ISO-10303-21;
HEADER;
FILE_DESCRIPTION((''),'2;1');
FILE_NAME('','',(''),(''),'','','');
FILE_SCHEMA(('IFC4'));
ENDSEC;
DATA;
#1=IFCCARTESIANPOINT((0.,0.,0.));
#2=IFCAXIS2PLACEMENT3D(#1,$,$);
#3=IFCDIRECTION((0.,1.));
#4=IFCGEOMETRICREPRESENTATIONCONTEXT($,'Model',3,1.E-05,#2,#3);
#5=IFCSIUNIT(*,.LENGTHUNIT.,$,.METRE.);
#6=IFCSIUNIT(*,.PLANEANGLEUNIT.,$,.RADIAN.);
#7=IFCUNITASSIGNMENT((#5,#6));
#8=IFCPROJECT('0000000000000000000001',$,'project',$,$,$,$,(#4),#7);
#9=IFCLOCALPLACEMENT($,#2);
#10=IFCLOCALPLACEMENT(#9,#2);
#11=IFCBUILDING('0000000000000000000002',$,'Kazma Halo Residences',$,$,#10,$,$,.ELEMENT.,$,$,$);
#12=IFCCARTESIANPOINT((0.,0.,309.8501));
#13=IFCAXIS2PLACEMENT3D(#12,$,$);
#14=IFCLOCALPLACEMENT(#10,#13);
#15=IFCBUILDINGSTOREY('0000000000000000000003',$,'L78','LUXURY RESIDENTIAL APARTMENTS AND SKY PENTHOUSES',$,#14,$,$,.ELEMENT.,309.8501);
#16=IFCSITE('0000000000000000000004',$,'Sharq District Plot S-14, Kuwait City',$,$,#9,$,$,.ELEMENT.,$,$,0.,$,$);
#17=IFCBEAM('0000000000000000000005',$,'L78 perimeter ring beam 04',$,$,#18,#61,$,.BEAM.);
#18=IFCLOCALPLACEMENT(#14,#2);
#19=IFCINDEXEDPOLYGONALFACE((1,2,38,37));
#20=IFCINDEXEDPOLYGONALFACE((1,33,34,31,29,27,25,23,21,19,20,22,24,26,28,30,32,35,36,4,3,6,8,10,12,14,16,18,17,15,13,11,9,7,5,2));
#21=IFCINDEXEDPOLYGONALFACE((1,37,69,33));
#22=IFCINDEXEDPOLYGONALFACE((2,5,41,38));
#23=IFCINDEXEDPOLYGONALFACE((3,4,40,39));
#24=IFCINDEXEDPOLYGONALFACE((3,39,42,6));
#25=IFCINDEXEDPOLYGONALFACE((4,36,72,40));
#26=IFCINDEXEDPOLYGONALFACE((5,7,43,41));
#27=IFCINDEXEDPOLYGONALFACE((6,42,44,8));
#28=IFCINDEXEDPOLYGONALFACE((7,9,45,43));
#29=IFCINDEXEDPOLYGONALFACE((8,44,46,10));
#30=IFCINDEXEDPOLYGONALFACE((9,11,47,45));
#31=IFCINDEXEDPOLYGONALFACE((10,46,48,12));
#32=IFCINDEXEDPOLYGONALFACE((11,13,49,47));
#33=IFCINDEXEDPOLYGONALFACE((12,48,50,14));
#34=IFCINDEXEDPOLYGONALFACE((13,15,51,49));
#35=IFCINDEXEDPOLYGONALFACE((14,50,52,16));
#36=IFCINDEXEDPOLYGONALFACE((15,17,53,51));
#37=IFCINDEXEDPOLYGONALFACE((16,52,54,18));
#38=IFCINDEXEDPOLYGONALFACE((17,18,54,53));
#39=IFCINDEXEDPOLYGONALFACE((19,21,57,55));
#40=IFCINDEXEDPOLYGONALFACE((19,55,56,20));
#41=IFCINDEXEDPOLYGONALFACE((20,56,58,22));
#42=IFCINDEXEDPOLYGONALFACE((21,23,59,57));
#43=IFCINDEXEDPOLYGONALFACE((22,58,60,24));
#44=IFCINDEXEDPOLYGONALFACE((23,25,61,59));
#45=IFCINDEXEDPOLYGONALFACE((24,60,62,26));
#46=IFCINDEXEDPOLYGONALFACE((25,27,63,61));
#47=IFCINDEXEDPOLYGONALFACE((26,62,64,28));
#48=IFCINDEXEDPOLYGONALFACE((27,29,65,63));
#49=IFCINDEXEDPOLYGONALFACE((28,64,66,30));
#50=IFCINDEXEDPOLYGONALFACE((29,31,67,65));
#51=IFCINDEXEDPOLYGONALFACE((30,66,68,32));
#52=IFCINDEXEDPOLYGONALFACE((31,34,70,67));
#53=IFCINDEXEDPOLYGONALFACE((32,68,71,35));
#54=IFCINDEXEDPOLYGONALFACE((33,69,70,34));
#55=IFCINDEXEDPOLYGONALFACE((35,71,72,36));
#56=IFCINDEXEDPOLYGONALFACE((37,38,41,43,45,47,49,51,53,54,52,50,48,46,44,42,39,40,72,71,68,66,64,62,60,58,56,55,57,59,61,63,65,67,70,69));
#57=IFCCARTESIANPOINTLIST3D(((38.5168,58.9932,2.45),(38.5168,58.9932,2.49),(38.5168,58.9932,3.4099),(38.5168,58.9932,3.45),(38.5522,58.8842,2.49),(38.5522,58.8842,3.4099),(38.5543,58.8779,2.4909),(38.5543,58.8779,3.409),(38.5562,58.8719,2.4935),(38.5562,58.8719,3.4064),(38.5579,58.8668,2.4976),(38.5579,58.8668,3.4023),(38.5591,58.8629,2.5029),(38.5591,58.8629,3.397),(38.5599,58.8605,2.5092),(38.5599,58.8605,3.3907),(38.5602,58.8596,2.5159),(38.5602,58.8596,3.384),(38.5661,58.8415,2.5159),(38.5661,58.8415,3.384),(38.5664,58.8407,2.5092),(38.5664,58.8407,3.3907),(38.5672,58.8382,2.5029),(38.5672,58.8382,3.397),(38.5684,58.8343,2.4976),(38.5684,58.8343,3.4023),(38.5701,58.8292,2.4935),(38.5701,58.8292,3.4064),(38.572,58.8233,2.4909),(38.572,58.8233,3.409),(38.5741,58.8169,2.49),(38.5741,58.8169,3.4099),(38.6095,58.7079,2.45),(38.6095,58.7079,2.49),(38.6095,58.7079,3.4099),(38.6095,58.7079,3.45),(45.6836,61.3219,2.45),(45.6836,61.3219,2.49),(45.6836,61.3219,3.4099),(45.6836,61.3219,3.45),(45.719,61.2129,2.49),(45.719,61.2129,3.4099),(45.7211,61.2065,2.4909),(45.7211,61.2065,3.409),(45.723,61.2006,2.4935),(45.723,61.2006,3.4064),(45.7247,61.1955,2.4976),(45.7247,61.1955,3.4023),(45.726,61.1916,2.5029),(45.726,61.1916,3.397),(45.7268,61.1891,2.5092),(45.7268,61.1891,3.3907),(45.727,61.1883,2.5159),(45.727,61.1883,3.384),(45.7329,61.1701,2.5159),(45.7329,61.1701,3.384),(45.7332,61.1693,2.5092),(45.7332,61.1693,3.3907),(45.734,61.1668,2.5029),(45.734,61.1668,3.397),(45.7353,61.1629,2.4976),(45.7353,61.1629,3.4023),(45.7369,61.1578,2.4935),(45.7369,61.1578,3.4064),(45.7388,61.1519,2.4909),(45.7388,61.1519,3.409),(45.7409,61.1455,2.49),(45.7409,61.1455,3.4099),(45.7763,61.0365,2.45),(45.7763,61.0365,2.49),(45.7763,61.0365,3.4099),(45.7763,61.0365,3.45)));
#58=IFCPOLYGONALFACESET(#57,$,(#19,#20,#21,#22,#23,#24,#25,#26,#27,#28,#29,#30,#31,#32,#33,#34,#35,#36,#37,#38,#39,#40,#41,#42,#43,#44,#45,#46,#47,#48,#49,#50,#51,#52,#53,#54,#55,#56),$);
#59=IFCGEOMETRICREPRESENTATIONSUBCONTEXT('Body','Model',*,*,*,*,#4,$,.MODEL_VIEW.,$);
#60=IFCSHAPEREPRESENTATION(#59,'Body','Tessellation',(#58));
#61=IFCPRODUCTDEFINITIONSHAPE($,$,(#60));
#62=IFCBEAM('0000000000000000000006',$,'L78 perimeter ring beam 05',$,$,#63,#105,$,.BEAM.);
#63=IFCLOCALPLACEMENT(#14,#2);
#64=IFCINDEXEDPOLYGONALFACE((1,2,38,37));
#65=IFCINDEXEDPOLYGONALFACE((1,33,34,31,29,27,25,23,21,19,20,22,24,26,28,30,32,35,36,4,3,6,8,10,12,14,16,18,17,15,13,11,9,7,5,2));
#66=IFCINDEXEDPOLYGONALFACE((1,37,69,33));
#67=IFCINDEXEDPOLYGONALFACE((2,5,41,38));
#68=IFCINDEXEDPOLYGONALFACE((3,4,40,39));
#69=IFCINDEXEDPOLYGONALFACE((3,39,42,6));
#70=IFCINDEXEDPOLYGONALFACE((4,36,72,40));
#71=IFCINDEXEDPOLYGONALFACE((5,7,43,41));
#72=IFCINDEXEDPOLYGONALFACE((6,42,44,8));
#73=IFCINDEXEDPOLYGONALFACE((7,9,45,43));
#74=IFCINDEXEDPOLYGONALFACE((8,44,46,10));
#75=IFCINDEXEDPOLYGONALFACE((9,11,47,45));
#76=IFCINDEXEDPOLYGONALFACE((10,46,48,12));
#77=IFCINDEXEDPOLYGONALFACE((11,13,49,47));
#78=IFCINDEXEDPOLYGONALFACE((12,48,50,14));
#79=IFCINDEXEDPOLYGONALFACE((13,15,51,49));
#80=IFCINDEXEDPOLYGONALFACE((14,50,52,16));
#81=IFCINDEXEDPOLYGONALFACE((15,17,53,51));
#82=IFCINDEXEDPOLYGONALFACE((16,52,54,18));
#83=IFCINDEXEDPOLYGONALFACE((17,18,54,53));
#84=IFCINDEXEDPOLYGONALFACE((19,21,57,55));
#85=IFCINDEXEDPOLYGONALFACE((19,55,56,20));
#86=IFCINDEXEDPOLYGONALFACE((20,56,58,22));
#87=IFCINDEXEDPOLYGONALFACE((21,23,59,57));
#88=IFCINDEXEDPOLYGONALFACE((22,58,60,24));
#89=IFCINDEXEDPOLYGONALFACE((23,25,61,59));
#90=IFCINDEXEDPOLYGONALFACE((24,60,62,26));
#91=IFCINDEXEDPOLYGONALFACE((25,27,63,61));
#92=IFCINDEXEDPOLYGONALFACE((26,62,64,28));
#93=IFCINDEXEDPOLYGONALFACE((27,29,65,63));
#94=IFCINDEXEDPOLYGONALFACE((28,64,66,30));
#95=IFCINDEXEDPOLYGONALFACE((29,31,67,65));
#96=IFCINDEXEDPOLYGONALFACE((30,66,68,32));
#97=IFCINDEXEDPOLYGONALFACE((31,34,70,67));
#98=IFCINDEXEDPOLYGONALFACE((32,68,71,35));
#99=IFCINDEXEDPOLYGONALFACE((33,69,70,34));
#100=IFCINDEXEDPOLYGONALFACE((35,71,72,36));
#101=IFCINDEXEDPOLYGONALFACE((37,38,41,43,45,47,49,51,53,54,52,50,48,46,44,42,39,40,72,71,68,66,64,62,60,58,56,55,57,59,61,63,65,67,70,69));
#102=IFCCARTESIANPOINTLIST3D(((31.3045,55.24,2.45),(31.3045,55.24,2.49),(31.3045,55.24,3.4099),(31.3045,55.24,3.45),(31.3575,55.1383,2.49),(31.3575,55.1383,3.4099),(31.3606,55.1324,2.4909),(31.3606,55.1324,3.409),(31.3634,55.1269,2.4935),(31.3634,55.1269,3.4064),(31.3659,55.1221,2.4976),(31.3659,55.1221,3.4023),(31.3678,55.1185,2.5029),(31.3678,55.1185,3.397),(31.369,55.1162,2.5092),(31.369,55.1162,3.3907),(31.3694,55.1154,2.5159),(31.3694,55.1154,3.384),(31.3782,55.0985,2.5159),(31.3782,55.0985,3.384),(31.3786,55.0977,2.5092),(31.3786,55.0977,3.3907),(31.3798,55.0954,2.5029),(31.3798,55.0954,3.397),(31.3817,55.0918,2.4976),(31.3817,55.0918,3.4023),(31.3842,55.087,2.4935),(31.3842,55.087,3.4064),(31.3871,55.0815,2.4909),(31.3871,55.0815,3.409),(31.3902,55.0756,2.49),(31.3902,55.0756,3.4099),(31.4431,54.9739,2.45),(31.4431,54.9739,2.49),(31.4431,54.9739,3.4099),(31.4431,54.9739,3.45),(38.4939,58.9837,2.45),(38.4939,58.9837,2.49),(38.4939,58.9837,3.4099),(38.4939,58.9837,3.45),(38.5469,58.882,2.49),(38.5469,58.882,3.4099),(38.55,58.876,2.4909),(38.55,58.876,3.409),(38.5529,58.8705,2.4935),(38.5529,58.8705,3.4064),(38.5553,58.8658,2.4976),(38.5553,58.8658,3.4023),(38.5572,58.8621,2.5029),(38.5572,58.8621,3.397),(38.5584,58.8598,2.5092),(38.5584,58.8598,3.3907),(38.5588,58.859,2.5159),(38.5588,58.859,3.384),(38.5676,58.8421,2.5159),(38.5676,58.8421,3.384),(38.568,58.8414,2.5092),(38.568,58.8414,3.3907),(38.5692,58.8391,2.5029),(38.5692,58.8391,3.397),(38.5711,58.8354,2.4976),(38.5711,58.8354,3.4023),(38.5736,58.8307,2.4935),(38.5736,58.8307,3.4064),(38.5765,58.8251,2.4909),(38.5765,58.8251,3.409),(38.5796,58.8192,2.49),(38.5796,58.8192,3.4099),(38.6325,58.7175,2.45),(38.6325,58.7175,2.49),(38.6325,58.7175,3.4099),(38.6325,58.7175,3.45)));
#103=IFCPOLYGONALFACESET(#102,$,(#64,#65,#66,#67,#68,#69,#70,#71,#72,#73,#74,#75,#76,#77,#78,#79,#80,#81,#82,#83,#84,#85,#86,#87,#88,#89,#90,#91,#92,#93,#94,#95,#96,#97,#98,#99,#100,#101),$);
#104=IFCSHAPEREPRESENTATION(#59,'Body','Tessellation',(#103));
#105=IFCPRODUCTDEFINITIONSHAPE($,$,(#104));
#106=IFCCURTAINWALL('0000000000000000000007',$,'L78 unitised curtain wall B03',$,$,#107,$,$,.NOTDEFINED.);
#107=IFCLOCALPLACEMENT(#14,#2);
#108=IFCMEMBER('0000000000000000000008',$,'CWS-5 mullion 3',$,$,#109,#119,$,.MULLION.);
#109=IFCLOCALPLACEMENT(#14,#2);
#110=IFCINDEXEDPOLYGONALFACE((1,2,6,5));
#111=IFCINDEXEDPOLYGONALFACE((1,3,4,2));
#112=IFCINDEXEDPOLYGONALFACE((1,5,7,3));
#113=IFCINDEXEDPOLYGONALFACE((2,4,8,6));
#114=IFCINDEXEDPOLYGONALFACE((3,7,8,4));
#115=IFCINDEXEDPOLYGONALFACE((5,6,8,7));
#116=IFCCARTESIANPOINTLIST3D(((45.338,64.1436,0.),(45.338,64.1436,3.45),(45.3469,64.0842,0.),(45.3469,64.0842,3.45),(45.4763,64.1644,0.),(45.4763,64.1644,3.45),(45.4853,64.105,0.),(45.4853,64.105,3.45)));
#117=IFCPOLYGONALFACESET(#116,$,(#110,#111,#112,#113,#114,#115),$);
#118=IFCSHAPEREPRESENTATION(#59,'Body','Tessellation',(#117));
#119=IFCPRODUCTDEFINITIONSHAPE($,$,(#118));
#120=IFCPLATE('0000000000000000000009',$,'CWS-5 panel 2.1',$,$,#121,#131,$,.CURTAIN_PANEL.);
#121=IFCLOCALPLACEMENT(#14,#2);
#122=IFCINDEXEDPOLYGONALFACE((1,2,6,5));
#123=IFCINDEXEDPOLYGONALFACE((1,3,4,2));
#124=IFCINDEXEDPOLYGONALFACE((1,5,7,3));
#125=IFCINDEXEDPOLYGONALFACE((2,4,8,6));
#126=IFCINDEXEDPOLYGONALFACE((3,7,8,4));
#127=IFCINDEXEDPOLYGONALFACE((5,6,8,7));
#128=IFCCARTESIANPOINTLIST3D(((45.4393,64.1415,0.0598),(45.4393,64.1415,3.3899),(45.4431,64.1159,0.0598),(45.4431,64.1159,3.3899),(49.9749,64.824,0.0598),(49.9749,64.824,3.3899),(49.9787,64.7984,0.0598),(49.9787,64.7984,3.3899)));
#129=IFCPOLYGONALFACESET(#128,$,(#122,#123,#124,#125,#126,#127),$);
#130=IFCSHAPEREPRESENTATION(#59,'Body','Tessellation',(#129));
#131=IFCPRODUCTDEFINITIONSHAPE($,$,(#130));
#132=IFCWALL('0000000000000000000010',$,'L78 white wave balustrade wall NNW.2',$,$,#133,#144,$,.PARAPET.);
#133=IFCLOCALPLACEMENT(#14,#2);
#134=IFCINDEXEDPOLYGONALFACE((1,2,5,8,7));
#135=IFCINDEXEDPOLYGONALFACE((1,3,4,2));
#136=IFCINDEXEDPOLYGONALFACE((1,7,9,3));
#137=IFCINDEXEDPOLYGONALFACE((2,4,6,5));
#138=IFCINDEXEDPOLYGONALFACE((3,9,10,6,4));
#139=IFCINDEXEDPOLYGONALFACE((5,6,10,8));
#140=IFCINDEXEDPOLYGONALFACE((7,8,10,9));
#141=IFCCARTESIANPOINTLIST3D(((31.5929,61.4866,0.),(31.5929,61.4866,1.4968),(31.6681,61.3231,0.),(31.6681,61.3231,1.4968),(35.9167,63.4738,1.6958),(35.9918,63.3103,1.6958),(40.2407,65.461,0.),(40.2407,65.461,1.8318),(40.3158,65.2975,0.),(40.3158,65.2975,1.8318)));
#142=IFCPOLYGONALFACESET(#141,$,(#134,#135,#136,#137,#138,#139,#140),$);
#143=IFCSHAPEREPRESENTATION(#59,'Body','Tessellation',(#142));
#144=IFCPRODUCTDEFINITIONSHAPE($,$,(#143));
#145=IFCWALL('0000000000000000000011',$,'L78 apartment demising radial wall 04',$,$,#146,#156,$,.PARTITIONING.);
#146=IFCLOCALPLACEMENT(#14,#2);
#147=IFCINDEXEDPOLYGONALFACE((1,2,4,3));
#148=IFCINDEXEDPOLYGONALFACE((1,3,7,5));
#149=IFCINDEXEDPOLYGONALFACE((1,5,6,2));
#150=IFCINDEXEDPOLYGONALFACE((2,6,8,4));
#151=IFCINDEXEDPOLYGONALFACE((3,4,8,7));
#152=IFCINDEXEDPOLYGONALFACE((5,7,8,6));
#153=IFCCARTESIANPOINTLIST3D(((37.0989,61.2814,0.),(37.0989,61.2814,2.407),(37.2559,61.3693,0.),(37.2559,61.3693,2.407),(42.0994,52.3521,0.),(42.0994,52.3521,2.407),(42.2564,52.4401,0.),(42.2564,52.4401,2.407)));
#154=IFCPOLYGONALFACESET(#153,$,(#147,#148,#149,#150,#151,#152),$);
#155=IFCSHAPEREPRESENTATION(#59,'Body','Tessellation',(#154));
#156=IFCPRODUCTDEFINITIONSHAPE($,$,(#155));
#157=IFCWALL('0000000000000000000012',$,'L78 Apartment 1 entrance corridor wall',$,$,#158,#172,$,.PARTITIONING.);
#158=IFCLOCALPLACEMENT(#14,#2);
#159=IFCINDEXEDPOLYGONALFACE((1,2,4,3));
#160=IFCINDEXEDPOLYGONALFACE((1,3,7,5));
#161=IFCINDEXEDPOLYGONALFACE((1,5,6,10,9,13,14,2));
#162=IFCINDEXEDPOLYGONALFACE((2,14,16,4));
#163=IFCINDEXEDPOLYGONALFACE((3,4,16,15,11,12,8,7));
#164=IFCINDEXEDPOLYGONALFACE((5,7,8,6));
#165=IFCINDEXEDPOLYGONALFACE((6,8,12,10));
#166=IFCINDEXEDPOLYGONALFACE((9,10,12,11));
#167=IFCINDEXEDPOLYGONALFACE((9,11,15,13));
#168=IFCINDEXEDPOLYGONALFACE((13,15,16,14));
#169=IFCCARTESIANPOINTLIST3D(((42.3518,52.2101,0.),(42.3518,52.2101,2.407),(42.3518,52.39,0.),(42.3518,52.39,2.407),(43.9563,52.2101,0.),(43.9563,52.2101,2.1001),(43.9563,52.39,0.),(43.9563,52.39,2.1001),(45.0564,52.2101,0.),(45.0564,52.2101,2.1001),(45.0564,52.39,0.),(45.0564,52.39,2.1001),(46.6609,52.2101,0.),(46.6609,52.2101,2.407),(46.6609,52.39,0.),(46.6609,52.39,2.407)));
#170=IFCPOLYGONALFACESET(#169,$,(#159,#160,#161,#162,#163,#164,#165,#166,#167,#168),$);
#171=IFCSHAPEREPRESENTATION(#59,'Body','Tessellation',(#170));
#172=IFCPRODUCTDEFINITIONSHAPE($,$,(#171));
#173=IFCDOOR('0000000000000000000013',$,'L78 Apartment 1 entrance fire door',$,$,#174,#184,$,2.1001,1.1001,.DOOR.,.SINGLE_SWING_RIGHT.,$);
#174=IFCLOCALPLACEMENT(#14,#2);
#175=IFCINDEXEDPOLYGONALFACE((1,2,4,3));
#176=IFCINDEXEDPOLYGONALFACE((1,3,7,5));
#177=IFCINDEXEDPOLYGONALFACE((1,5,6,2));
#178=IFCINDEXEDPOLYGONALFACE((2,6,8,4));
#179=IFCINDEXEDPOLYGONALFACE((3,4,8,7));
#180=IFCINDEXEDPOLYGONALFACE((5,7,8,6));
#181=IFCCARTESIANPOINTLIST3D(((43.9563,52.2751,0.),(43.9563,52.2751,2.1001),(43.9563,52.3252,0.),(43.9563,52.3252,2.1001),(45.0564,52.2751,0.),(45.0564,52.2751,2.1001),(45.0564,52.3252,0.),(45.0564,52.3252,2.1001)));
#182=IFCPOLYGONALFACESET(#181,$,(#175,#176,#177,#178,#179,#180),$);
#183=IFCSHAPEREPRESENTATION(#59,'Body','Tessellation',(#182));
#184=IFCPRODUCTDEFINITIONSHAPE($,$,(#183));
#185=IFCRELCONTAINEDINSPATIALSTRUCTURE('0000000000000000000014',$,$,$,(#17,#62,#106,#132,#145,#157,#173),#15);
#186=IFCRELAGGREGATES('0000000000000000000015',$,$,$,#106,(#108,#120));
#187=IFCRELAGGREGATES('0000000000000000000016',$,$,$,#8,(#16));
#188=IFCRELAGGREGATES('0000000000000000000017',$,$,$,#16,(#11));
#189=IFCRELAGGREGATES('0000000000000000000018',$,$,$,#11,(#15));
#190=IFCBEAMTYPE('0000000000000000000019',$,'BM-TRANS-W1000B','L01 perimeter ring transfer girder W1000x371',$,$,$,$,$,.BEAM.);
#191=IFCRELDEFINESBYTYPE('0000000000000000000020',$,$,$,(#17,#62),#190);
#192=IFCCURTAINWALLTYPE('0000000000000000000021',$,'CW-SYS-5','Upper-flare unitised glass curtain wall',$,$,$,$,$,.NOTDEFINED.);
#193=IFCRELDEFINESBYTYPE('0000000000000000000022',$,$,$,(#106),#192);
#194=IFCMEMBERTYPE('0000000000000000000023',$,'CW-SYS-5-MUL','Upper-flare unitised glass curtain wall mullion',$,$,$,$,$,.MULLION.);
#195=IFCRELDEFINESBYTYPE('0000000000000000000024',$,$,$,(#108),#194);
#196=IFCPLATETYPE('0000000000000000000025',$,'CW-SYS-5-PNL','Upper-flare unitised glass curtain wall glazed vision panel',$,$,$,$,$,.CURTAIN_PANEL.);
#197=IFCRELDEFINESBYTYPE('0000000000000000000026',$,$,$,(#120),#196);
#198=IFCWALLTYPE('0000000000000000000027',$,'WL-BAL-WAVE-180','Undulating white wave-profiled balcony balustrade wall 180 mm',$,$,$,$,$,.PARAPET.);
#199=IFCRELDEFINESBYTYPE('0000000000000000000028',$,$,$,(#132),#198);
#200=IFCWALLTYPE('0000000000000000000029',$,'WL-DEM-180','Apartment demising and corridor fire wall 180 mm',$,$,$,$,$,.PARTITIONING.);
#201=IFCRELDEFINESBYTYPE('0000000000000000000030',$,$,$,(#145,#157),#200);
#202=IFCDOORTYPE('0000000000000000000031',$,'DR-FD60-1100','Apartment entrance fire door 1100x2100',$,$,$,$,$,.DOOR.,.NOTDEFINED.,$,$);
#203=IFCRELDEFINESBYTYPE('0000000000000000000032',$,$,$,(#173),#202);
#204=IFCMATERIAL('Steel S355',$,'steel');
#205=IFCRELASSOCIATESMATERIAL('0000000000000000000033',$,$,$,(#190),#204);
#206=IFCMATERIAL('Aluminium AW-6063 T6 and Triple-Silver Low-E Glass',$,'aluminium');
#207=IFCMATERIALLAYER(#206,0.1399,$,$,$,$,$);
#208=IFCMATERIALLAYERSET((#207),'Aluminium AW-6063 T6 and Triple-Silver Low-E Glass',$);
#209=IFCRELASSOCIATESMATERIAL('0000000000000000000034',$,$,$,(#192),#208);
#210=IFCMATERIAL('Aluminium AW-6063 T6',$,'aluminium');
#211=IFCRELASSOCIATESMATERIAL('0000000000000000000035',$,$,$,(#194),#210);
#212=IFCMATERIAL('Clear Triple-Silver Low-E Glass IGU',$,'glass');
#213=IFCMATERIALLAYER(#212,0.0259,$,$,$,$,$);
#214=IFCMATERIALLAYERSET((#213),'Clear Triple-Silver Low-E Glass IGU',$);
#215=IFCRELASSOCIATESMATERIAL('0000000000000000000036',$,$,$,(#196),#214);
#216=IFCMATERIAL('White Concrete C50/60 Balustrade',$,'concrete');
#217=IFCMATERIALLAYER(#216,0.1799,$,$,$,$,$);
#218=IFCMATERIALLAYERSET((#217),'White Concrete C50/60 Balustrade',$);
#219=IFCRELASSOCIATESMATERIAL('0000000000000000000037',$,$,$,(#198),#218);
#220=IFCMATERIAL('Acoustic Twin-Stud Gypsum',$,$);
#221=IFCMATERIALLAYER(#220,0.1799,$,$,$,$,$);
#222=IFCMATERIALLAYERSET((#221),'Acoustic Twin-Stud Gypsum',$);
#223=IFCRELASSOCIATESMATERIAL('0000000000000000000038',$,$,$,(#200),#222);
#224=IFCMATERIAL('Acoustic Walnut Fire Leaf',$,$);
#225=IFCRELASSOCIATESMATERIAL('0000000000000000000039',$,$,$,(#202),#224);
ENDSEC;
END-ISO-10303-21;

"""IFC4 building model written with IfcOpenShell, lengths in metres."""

from ifc_helpers import new_model, si_unit, direction, frame, frame_2d, origin, origin_2d, place, context, subcontext, project, spatial, polyline, rectangle, i_section, outline, extrude, material, layer, layer_set, material_profile, profile_set, type_object, element, fill, aggregate, save


model = new_model("IFC4")

# Units and contexts
model_context = context("Model", 3, precision=1e-05, world=origin(), true_north=direction((0.0, 1.0)))
body_context = subcontext(model_context, "Body", "Model", "MODEL_VIEW")
ifc_project = project(units=[si_unit("LENGTHUNIT", "METRE"), si_unit("PLANEANGLEUNIT", "RADIAN")], contexts=[model_context])

# Site, building, storey
site_placement = place(None, origin())
site = spatial("IfcSite", under=ifc_project, at=site_placement, Name="Sharq District Plot S-14, Kuwait City", CompositionType="ELEMENT", RefElevation=0.0)
building_placement = place(site_placement, origin())
building = spatial("IfcBuilding", under=site, at=building_placement, Name="Kazma Halo Residences", CompositionType="ELEMENT")
storey_placement = place(building_placement, frame((0.0, 0.0, 309.8501)))
storey = spatial("IfcBuildingStorey", under=building, at=storey_placement, Name="L78", Description="LUXURY RESIDENTIAL APARTMENTS AND SKY PENTHOUSES", CompositionType="ELEMENT", Elevation=309.8501)

# Beams
ifc_material_1 = material(Name="Steel S355", Category="steel")
ifc_material_profile_1 = material_profile(ifc_material_1, i_section(OverallWidth=0.3, OverallDepth=1.0, WebThickness=0.019, FlangeThickness=0.04, FilletRadius=0.0259, at=origin_2d()), Name="W1000x371")
ifc_profile_set_1 = profile_set([ifc_material_profile_1], Name="Steel S355")
beam_type_1 = type_object("IfcBeamType", Name="BM-TRANS-W1000B", Description="L01 perimeter ring transfer girder W1000x371", PredefinedType="BEAM", material=ifc_profile_set_1)
beam_1_placement = place(storey_placement, frame((45.73, 61.1792, 2.95), z_axis=(-0.951057, -0.309016, 0.0), x_axis=(0.309016, -0.951057, 0.0)))
element("IfcBeam", 1, at=beam_1_placement, inside=storey, type_object=beam_type_1, Name="L78 perimeter ring beam 04", PredefinedType="BEAM", context=body_context, shape_type="SweptSolid", body=[
    extrude(i_section(OverallWidth=0.3, OverallDepth=1.0, WebThickness=0.019, FlangeThickness=0.04, FilletRadius=0.0259, at=origin_2d()), origin(), (0.0, 0.0, 1.0), 7.5356),
])
beam_2_placement = place(storey_placement, frame((38.5632, 58.8506, 2.95), z_axis=(-0.886957, -0.461851, 0.0), x_axis=(0.461851, -0.886957, 0.0)))
element("IfcBeam", 2, at=beam_2_placement, inside=storey, type_object=beam_type_1, Name="L78 perimeter ring beam 05", PredefinedType="BEAM", context=body_context, shape_type="SweptSolid", body=[
    extrude(i_section(OverallWidth=0.3, OverallDepth=1.0, WebThickness=0.019, FlangeThickness=0.04, FilletRadius=0.0259, at=origin_2d()), origin(), (0.0, 0.0, 1.0), 8.1057),
])

# Curtain wall, member, plate
ifc_material_2 = material(Name="Aluminium AW-6063 T6 and Triple-Silver Low-E Glass", Category="aluminium")
ifc_layer_1 = layer(ifc_material_2, 0.1399)
ifc_layer_set_1 = layer_set([ifc_layer_1], Name="Aluminium AW-6063 T6 and Triple-Silver Low-E Glass")
curtain_wall_type = type_object("IfcCurtainWallType", Name="CW-SYS-5", Description="Upper-flare unitised glass curtain wall", PredefinedType="NOTDEFINED", material=ifc_layer_set_1)
curtain_wall_placement = place(storey_placement, origin())
curtain_wall = element("IfcCurtainWall", 3, at=curtain_wall_placement, inside=storey, type_object=curtain_wall_type, Name="L78 unitised curtain wall B03", PredefinedType="NOTDEFINED")
ifc_material_3 = material(Name="Aluminium AW-6063 T6", Category="aluminium")
ifc_material_profile_2 = material_profile(ifc_material_3, rectangle(XDim=0.0601, YDim=0.1399, at=origin_2d()), Name="CWM-60x140")
ifc_profile_set_2 = profile_set([ifc_material_profile_2], Name="Aluminium AW-6063 T6")
member_type = type_object("IfcMemberType", Name="CW-SYS-5-MUL", Description="Upper-flare unitised glass curtain wall mullion", PredefinedType="MULLION", material=ifc_profile_set_2)
member_placement = place(storey_placement, frame((45.4116, 64.1243, 0.0), z_axis=(0.0, 0.0, 1.0), x_axis=(0.148804, -0.988867, 0.0)))
member = element("IfcMember", 4, at=member_placement, type_object=member_type, Name="CWS-5 mullion 3", PredefinedType="MULLION", context=body_context, shape_type="SweptSolid", body=[
    extrude(rectangle(XDim=0.0601, YDim=0.1399, at=origin_2d()), origin(), (0.0, 0.0, 1.0), 3.45),
])
ifc_material_4 = material(Name="Clear Triple-Silver Low-E Glass IGU", Category="glass")
ifc_layer_2 = layer(ifc_material_4, 0.0259)
ifc_layer_set_2 = layer_set([ifc_layer_2], Name="Clear Triple-Silver Low-E Glass IGU")
plate_type = type_object("IfcPlateType", Name="CW-SYS-5-PNL", Description="Upper-flare unitised glass curtain wall glazed vision panel", PredefinedType="CURTAIN_PANEL", material=ifc_layer_set_2)
plate_placement = place(storey_placement, frame((47.709, 64.47, 0.0598), z_axis=(0.0, 0.0, 1.0), x_axis=(-0.988867, -0.148804, 0.0)))
plate = element("IfcPlate", 5, at=plate_placement, type_object=plate_type, Name="CWS-5 panel 2.1", PredefinedType="CURTAIN_PANEL", context=body_context, shape_type="SweptSolid", body=[
    extrude(rectangle(XDim=4.5867, YDim=0.0259, at=origin_2d()), origin(), (0.0, 0.0, 1.0), 3.3301),
])
aggregate(curtain_wall, [member, plate])

# Walls
ifc_material_5 = material(Name="White Concrete C50/60 Balustrade", Category="concrete")
ifc_layer_3 = layer(ifc_material_5, 0.1799)
ifc_layer_set_3 = layer_set([ifc_layer_3], Name="White Concrete C50/60 Balustrade")
wall_type_1 = type_object("IfcWallType", Name="WL-BAL-WAVE-180", Description="Undulating white wave-profiled balcony balustrade wall 180 mm", PredefinedType="PARAPET", material=ifc_layer_set_3)
wall_1_placement = place(storey_placement, frame((40.2783, 65.3792, 0.0), z_axis=(0.0, 0.0, 1.0), x_axis=(-0.908633, -0.417595, 0.0)))
element("IfcWall", 6, at=wall_1_placement, inside=storey, type_object=wall_type_1, Name="L78 white wave balustrade wall NNW.2", PredefinedType="PARAPET", context=body_context, shape_type="SweptSolid", body=[
    extrude(outline(polyline([(0.0, 0.0), (9.5173, 0.0), (9.5173, 1.4968), (4.7588, 1.6958), (0.0, 1.8318), (0.0, 0.0)])), frame((0.0, 0.0898, 0.0), z_axis=(0.0, -1.0, 0.0), x_axis=(1.0, 0.0, 0.0)), (0.0, 0.0, 1.0), 0.1799),
])
ifc_material_6 = material(Name="Acoustic Twin-Stud Gypsum")
ifc_layer_4 = layer(ifc_material_6, 0.1799)
ifc_layer_set_4 = layer_set([ifc_layer_4], Name="Acoustic Twin-Stud Gypsum")
wall_type_2 = type_object("IfcWallType", Name="WL-DEM-180", Description="Apartment demising and corridor fire wall 180 mm", PredefinedType="PARTITIONING", material=ifc_layer_set_4)
wall_2_placement = place(storey_placement, frame((42.178, 52.396, 0.0), z_axis=(0.0, 0.0, 1.0), x_axis=(-0.488614, 0.8725, 0.0)))
element("IfcWall", 7, at=wall_2_placement, inside=storey, type_object=wall_type_2, Name="L78 apartment demising radial wall 04", PredefinedType="PARTITIONING", context=body_context, shape_type="SweptSolid", body=[
    extrude(rectangle(XDim=10.2341, YDim=0.1799, at=frame_2d((5.1172, 0.0))), origin(), (0.0, 0.0, 1.0), 2.407),
])

# Wall, opening, door
wall_3_placement = place(storey_placement, frame((46.6609, 52.3, 0.0), z_axis=(0.0, 0.0, 1.0), x_axis=(-1.0, 0.0, 0.0)))
wall_3 = element("IfcWall", 8, at=wall_3_placement, inside=storey, type_object=wall_type_2, Name="L78 Apartment 1 entrance corridor wall", PredefinedType="PARTITIONING", context=body_context, shape_type="SweptSolid", body=[
    extrude(rectangle(XDim=4.3091, YDim=0.1799, at=frame_2d((2.1545, 0.0))), origin(), (0.0, 0.0, 1.0), 2.407),
])
opening_1_placement = place(wall_3_placement, frame((1.6045, 0.0, 0.0)))
opening_1 = element("IfcOpeningElement", 9, at=opening_1_placement, cuts=wall_3, PredefinedType="OPENING", context=body_context, shape_type="SweptSolid", body=[
    extrude(rectangle(XDim=1.1001, YDim=2.1001, at=frame_2d((0.55, 1.05))), frame((0.0, 0.0999, 0.0), z_axis=(0.0, -1.0, 0.0), x_axis=(1.0, 0.0, 0.0)), (0.0, 0.0, 1.0), 0.2),
])
ifc_material_7 = material(Name="Acoustic Walnut Fire Leaf")
door_type_1 = type_object("IfcDoorType", Name="DR-FD60-1100", Description="Apartment entrance fire door 1100x2100", OperationType="NOTDEFINED", PredefinedType="DOOR", material=ifc_material_7)
door_1_placement = place(opening_1_placement, origin())
door_1 = element("IfcDoor", 10, at=door_1_placement, inside=storey, type_object=door_type_1, Name="L78 Apartment 1 entrance fire door", OperationType="SINGLE_SWING_RIGHT", OverallHeight=2.1001, OverallWidth=1.1001, PredefinedType="DOOR", context=body_context, shape_type="SweptSolid", body=[
    extrude(rectangle(XDim=1.1001, YDim=2.1001, at=frame_2d((0.55, 1.05))), frame((0.0, 0.0249, 0.0), z_axis=(0.0, -1.0, 0.0), x_axis=(1.0, 0.0, 0.0)), (0.0, 0.0, 1.0), 0.05),
])
fill(opening_1, door_1)

save(model, "model.ifc")
